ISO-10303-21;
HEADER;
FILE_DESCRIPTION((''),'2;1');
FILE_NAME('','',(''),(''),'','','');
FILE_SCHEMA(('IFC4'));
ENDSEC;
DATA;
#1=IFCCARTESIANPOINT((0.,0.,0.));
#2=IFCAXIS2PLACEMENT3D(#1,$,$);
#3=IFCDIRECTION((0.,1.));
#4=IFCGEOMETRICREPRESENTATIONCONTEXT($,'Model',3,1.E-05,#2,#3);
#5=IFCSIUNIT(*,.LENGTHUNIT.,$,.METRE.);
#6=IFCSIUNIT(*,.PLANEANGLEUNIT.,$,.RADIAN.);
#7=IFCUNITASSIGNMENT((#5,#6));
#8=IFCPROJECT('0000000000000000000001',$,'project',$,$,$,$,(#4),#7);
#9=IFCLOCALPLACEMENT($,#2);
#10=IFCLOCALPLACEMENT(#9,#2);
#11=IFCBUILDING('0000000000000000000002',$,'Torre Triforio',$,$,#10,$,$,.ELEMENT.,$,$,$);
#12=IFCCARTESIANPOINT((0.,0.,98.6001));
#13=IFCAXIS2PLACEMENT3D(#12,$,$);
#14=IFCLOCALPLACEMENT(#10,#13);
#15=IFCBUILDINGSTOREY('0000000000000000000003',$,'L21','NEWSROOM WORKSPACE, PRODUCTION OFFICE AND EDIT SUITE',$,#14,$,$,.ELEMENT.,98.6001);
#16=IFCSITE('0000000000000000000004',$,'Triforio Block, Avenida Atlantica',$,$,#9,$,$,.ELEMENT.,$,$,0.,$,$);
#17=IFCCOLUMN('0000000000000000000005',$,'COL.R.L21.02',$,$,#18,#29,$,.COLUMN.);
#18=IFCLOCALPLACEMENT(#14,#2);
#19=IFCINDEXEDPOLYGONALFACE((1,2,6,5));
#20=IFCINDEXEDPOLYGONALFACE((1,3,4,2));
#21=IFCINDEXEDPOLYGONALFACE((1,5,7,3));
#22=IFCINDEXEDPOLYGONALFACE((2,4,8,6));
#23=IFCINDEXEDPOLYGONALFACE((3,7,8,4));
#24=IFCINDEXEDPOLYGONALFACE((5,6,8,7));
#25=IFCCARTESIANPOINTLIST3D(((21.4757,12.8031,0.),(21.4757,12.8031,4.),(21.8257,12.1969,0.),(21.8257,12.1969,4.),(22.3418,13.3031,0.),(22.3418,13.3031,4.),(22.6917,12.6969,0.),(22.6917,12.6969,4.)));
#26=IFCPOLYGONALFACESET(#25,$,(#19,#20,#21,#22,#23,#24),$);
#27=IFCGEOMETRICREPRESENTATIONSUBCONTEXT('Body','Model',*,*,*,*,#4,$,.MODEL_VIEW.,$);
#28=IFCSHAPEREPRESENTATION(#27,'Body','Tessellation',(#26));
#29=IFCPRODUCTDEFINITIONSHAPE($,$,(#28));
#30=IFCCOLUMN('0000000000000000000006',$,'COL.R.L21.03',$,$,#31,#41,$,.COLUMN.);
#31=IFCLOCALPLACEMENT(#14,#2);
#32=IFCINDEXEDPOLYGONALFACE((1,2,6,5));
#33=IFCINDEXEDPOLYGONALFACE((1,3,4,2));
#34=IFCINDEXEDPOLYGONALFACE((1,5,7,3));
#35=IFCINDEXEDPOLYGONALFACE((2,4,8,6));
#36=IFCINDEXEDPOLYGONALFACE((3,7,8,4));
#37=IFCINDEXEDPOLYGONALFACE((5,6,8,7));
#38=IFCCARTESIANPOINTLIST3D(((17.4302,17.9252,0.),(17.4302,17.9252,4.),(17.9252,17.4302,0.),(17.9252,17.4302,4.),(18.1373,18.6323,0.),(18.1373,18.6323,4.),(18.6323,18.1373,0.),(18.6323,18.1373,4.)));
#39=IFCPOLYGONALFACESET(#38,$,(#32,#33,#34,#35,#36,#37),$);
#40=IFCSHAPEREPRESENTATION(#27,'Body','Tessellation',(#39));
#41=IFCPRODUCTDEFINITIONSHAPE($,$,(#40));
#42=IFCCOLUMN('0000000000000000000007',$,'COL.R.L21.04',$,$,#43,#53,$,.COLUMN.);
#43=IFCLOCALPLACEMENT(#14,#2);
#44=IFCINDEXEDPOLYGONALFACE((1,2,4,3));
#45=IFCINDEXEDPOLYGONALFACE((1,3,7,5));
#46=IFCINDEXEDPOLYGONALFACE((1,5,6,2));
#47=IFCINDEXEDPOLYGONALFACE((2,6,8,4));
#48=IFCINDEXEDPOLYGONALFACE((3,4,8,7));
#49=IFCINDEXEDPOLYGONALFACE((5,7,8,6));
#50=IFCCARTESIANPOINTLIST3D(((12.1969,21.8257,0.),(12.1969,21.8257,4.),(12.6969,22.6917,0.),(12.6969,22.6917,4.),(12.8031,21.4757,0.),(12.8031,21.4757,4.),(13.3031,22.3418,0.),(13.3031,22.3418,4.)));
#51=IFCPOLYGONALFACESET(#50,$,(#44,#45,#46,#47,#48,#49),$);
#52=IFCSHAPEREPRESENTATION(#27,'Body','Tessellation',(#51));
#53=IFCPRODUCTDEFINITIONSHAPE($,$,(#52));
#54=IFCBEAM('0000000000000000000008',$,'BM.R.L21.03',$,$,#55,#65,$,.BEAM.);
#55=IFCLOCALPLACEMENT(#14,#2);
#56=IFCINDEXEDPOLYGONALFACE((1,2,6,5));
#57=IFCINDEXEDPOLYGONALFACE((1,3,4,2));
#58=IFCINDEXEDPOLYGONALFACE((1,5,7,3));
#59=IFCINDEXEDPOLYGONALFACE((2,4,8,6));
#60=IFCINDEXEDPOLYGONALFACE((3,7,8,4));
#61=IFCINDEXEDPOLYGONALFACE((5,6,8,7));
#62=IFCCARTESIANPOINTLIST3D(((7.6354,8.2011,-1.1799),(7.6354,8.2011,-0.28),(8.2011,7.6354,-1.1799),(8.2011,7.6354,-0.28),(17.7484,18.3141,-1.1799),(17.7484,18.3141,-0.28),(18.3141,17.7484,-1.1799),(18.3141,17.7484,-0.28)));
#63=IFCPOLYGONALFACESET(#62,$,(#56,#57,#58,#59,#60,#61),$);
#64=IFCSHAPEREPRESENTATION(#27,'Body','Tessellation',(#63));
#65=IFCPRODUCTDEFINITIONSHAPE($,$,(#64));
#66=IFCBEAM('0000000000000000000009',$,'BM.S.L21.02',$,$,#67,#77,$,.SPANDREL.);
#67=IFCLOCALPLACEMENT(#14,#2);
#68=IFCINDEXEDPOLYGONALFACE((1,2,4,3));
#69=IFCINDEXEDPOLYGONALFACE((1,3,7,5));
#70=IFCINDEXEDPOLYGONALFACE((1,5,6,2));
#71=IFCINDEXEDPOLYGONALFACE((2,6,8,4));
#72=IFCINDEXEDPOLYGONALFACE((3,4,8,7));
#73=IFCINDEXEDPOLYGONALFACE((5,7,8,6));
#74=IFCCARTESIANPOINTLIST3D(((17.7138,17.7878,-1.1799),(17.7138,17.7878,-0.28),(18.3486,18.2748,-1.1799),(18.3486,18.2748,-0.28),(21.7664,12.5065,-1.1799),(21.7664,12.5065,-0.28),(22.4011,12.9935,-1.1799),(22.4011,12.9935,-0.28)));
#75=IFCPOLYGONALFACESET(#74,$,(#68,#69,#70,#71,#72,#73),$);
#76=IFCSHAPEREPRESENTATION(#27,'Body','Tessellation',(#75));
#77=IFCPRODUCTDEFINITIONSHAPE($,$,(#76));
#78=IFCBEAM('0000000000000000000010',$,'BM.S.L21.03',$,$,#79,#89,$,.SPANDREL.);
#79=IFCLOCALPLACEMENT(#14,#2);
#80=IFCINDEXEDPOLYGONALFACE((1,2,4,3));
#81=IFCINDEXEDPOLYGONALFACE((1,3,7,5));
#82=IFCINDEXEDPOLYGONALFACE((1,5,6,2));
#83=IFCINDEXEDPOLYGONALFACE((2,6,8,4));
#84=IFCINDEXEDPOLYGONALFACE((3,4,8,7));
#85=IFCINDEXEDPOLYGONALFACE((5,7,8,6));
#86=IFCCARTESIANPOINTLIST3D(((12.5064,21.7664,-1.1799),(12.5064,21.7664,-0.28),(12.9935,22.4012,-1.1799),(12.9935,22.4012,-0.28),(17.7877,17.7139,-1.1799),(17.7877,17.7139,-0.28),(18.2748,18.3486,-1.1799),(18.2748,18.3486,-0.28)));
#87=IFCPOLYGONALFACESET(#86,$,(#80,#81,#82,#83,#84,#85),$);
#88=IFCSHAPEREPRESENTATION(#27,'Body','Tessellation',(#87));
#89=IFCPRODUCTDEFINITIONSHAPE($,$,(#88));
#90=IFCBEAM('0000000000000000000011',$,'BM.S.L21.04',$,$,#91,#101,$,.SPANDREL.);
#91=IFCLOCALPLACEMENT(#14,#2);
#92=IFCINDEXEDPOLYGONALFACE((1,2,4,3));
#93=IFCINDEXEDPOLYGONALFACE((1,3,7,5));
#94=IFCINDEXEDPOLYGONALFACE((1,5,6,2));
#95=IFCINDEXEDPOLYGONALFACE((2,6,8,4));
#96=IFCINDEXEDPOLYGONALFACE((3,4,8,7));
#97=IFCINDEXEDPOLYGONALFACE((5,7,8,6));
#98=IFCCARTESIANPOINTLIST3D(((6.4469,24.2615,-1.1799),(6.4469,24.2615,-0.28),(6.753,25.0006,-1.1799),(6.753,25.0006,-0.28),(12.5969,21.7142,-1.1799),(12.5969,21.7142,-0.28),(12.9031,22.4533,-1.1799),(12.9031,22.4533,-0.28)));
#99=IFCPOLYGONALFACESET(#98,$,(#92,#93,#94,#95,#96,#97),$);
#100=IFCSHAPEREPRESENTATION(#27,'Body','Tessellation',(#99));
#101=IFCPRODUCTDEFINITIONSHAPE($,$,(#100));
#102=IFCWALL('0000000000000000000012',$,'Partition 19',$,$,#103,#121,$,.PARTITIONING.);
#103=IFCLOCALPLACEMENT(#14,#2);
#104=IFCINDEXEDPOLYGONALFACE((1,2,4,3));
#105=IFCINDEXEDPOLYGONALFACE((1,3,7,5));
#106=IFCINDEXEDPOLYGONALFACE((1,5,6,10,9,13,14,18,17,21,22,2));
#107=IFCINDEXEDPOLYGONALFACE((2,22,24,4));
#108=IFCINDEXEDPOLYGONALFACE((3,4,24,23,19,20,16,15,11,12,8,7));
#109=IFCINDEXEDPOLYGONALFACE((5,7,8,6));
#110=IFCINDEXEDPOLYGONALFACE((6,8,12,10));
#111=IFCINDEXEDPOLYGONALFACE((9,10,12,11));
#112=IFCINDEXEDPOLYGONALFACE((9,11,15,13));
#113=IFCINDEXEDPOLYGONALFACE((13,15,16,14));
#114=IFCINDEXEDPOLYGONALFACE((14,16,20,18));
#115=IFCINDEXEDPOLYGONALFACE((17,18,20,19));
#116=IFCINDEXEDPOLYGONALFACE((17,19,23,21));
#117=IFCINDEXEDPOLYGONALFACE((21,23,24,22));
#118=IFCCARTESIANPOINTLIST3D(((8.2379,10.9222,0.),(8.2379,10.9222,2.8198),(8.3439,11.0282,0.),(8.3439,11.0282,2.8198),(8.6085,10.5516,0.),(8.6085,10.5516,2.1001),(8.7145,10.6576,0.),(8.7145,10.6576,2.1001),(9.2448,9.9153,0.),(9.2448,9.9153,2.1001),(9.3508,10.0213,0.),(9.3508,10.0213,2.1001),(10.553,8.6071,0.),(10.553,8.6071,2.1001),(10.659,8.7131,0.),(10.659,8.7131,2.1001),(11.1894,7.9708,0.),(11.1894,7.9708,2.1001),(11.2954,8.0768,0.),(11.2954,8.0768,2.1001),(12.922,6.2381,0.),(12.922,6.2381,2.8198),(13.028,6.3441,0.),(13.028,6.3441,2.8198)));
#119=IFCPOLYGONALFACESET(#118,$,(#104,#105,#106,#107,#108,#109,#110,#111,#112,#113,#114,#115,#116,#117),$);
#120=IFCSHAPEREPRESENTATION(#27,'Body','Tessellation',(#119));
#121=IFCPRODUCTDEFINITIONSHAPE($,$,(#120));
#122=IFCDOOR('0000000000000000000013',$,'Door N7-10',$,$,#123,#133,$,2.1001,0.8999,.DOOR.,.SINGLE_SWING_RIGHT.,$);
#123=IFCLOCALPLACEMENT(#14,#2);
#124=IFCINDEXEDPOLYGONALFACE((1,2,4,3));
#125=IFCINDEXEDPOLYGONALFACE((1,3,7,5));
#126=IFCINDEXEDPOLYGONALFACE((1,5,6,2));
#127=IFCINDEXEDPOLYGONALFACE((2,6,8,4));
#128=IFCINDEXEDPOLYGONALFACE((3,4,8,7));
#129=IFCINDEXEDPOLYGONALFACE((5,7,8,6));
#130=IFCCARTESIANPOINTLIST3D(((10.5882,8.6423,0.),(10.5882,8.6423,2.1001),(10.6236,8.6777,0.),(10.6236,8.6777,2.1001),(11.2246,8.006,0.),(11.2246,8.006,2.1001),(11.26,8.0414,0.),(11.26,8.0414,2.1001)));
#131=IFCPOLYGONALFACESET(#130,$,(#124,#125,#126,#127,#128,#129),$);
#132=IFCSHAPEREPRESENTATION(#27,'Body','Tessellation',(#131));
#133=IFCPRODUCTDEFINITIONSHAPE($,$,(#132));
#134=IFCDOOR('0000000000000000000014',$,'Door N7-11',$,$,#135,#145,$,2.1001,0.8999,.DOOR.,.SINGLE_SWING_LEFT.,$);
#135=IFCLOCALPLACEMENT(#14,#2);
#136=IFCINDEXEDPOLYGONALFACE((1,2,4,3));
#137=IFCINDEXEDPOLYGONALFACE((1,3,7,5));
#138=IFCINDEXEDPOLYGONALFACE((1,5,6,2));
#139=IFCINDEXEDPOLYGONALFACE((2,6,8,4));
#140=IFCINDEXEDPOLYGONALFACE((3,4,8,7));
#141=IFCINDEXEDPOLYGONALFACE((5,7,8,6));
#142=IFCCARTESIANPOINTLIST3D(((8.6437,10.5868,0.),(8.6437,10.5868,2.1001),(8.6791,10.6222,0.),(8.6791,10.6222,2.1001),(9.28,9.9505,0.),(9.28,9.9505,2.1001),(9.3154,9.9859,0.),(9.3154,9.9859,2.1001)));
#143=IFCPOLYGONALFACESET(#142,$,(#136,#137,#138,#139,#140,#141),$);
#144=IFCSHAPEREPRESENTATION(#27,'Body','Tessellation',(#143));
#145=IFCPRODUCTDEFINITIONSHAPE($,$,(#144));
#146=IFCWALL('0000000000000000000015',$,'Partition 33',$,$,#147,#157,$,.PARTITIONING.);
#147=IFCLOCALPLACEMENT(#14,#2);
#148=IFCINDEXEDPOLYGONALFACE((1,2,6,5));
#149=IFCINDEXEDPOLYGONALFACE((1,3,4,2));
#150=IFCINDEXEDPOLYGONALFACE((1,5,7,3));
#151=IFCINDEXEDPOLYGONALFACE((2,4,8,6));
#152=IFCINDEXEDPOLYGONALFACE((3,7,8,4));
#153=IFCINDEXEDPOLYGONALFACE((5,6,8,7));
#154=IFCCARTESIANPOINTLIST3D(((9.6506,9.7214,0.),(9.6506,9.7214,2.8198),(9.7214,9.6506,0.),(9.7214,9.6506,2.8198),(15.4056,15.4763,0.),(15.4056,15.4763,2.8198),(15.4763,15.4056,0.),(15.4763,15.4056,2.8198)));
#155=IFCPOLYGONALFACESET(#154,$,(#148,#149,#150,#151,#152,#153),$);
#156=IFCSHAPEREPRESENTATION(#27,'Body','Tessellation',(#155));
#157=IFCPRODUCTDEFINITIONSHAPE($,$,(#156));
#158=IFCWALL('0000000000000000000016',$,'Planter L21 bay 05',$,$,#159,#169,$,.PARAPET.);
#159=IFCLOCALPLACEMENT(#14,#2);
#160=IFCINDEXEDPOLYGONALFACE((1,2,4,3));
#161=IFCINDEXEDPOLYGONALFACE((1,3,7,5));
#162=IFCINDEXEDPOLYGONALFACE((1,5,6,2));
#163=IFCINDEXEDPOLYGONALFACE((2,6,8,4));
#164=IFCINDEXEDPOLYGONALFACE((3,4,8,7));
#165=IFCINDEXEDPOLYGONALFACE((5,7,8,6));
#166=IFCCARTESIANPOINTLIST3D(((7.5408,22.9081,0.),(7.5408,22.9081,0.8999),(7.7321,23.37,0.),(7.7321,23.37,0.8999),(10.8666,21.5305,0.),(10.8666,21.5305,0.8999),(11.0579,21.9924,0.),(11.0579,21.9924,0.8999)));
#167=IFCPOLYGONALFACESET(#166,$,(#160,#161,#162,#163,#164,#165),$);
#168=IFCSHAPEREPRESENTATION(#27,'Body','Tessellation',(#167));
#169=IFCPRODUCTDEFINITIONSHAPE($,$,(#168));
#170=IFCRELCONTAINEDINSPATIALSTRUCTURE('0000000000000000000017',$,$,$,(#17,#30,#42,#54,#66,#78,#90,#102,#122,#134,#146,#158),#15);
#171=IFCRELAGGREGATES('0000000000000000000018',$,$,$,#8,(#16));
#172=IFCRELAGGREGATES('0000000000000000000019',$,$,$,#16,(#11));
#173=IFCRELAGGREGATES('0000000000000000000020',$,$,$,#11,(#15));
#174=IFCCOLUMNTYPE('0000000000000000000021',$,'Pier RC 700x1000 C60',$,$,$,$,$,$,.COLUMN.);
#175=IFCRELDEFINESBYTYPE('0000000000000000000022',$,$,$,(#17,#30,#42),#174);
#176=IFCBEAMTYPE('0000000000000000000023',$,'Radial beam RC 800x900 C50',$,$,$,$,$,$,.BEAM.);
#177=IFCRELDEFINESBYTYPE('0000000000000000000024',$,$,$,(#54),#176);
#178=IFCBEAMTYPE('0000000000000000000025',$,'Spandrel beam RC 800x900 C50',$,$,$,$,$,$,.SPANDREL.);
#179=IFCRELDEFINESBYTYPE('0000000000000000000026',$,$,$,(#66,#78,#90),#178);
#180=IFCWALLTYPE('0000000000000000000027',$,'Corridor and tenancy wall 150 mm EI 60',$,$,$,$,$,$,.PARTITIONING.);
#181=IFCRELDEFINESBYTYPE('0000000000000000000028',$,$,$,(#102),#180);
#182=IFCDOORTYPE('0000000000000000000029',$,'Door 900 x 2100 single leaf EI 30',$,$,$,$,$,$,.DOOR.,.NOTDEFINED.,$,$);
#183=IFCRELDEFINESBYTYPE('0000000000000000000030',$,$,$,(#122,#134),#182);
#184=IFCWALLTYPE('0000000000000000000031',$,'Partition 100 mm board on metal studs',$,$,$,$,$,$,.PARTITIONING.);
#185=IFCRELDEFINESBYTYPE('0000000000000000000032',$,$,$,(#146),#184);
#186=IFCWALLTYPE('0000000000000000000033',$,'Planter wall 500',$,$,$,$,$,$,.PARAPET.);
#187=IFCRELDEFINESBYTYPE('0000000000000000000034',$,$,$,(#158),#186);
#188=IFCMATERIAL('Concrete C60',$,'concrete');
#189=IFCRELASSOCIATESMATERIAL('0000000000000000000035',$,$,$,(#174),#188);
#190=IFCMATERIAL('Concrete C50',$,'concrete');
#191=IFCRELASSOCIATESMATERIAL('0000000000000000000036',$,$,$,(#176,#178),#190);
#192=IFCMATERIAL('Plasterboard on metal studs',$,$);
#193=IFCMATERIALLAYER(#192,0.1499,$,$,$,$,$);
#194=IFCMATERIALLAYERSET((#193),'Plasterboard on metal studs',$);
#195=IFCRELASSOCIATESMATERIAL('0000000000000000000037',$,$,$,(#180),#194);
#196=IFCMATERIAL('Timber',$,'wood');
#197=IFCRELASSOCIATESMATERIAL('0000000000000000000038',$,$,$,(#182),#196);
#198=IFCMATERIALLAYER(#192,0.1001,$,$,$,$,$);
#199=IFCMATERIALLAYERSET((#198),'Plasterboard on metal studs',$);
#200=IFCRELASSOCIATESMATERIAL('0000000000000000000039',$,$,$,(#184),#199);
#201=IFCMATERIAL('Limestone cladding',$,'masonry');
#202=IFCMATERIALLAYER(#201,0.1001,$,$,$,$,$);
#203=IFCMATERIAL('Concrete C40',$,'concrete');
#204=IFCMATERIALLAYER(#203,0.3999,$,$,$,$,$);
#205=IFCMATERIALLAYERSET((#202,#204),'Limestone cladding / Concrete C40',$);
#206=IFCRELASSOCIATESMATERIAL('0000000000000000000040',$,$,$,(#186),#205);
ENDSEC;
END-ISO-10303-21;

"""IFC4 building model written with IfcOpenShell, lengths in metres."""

from ifc_helpers import new_model, si_unit, direction, frame, frame_2d, origin, origin_2d, place, context, subcontext, project, spatial, rectangle, extrude, material, layer, layer_set, material_profile, profile_set, type_object, element, fill, save


model = new_model("IFC4")

# Units and contexts
model_context = context("Model", 3, precision=1e-05, world=origin(), true_north=direction((0.0, 1.0)))
body_context = subcontext(model_context, "Body", "Model", "MODEL_VIEW")
ifc_project = project(units=[si_unit("LENGTHUNIT", "METRE"), si_unit("PLANEANGLEUNIT", "RADIAN")], contexts=[model_context])

# Site, building, storey
site_placement = place(None, origin())
site = spatial("IfcSite", under=ifc_project, at=site_placement, Name="Triforio Block, Avenida Atlantica", CompositionType="ELEMENT", RefElevation=0.0)
building_placement = place(site_placement, origin())
building = spatial("IfcBuilding", under=site, at=building_placement, Name="Torre Triforio", CompositionType="ELEMENT")
storey_placement = place(building_placement, frame((0.0, 0.0, 98.6001)))
storey = spatial("IfcBuildingStorey", under=building, at=storey_placement, Name="L21", Description="NEWSROOM WORKSPACE, PRODUCTION OFFICE AND EDIT SUITE", CompositionType="ELEMENT", Elevation=98.6001)

# Columns
ifc_material_1 = material(Name="Concrete C60", Category="concrete")
ifc_material_profile_1 = material_profile(ifc_material_1, rectangle(XDim=0.7, YDim=1.0, at=origin_2d()), Name="RC 700x1000")
ifc_profile_set_1 = profile_set([ifc_material_profile_1], Name="Concrete C60")
column_type = type_object("IfcColumnType", Name="Pier RC 700x1000 C60", PredefinedType="COLUMN", material=ifc_profile_set_1)
for number, where, z_axis, x_axis, name in (
    (1, (22.0837, 12.75, 0.0), (0.0, 0.0, 1.0), (-0.5, 0.866025, 0.0), "COL.R.L21.02"),
    (2, (18.0312, 18.0312, 0.0), (0.0, 0.0, 1.0), (-0.707107, 0.707107, 0.0), "COL.R.L21.03"),
    (3, (12.75, 22.0837, 0.0), (0.0, 0.0, 1.0), (-0.866025, 0.5, 0.0), "COL.R.L21.04"),
):
    element("IfcColumn", number, at=place(storey_placement, frame(where, z_axis=z_axis, x_axis=x_axis)), inside=storey, type_object=column_type, Name=name, PredefinedType="COLUMN", context=body_context, shape_type="SweptSolid", body=[
        extrude(rectangle(XDim=0.7, YDim=1.0, at=origin_2d()), origin(), (0.0, 0.0, 1.0), 4.0),
    ])

# Beams
ifc_material_2 = material(Name="Concrete C50", Category="concrete")
ifc_material_profile_2 = material_profile(ifc_material_2, rectangle(XDim=0.8, YDim=0.8999, at=origin_2d()), Name="RC 800x900")
ifc_profile_set_2 = profile_set([ifc_material_profile_2], Name="Concrete C50")
beam_type_1 = type_object("IfcBeamType", Name="Radial beam RC 800x900 C50", PredefinedType="BEAM", material=ifc_profile_set_2)
beam_1_placement = place(storey_placement, frame((7.9182, 7.9182, -0.73), z_axis=(0.707107, 0.707107, 0.0), x_axis=(-0.707107, 0.707107, 0.0)))
element("IfcBeam", 4, at=beam_1_placement, inside=storey, type_object=beam_type_1, Name="BM.R.L21.03", PredefinedType="BEAM", context=body_context, shape_type="SweptSolid", body=[
    extrude(rectangle(XDim=0.8, YDim=0.8999, at=origin_2d()), origin(), (0.0, 0.0, 1.0), 14.302),
])
ifc_material_profile_3 = material_profile(ifc_material_2, rectangle(XDim=0.8, YDim=0.8999, at=origin_2d()), Name="RC 800x900")
ifc_profile_set_3 = profile_set([ifc_material_profile_3], Name="Concrete C50")
beam_type_2 = type_object("IfcBeamType", Name="Spandrel beam RC 800x900 C50", PredefinedType="SPANDREL", material=ifc_profile_set_3)
for number, where, z_axis, x_axis, name in (
    (5, (22.0837, 12.75, -0.73), (-0.608766, 0.79335, 0.0), (-0.79335, -0.608766, 0.0), "BM.S.L21.02"),
    (6, (18.0312, 18.0312, -0.73), (-0.79335, 0.608766, 0.0), (-0.608766, -0.79335, 0.0), "BM.S.L21.03"),
):
    element("IfcBeam", number, at=place(storey_placement, frame(where, z_axis=z_axis, x_axis=x_axis)), inside=storey, type_object=beam_type_2, Name=name, PredefinedType="SPANDREL", context=body_context, shape_type="SweptSolid", body=[
        extrude(rectangle(XDim=0.8, YDim=0.8999, at=origin_2d()), origin(), (0.0, 0.0, 1.0), 6.657),
    ])
beam_2_placement = place(storey_placement, frame((12.75, 22.0837, -0.73), z_axis=(-0.923885, 0.382669, 0.0), x_axis=(-0.382669, -0.923885, 0.0)))
element("IfcBeam", 7, at=beam_2_placement, inside=storey, type_object=beam_type_2, Name="BM.S.L21.04", PredefinedType="SPANDREL", context=body_context, shape_type="SweptSolid", body=[
    extrude(rectangle(XDim=0.8, YDim=0.8999, at=origin_2d()), origin(), (0.0, 0.0, 1.0), 6.6567),
])

# Wall, openings, doors
ifc_material_3 = material(Name="Plasterboard on metal studs")
ifc_layer_1 = layer(ifc_material_3, 0.1499)
ifc_layer_set_1 = layer_set([ifc_layer_1], Name="Plasterboard on metal studs")
wall_type_1 = type_object("IfcWallType", Name="Corridor and tenancy wall 150 mm EI 60", PredefinedType="PARTITIONING", material=ifc_layer_set_1)
wall_1_placement = place(storey_placement, frame((8.291, 10.9751, 0.0), z_axis=(0.0, 0.0, 1.0), x_axis=(0.707107, -0.707107, 0.0)))
wall_1 = element("IfcWall", 8, at=wall_1_placement, inside=storey, type_object=wall_type_1, Name="Partition 19", PredefinedType="PARTITIONING", context=body_context, shape_type="SweptSolid", body=[
    extrude(rectangle(XDim=6.6243, YDim=0.1499, at=frame_2d((3.312, 0.0))), origin(), (0.0, 0.0, 1.0), 2.8198),
])
opening_1_placement = place(wall_1_placement, frame((3.2739, 0.0, 0.0)))
opening_1 = element("IfcOpeningElement", 9, at=opening_1_placement, cuts=wall_1, PredefinedType="OPENING", context=body_context, shape_type="SweptSolid", body=[
    extrude(rectangle(XDim=0.8999, YDim=2.1001, at=frame_2d((0.45, 1.05))), frame((0.0, 0.085, 0.0), z_axis=(0.0, -1.0, 0.0), x_axis=(1.0, 0.0, 0.0)), (0.0, 0.0, 1.0), 0.1699),
])
opening_2_placement = place(wall_1_placement, frame((0.5239, 0.0, 0.0)))
opening_2 = element("IfcOpeningElement", 10, at=opening_2_placement, cuts=wall_1, PredefinedType="OPENING", context=body_context, shape_type="SweptSolid", body=[
    extrude(rectangle(XDim=0.8999, YDim=2.1001, at=frame_2d((0.45, 1.05))), frame((0.0, 0.085, 0.0), z_axis=(0.0, -1.0, 0.0), x_axis=(1.0, 0.0, 0.0)), (0.0, 0.0, 1.0), 0.1699),
])
ifc_material_4 = material(Name="Timber", Category="wood")
door_type_1 = type_object("IfcDoorType", Name="Door 900 x 2100 single leaf EI 30", OperationType="NOTDEFINED", PredefinedType="DOOR", material=ifc_material_4)
door_1_placement = place(opening_1_placement, origin())
door_1 = element("IfcDoor", 11, at=door_1_placement, inside=storey, type_object=door_type_1, Name="Door N7-10", OperationType="SINGLE_SWING_RIGHT", OverallHeight=2.1001, OverallWidth=0.8999, PredefinedType="DOOR", context=body_context, shape_type="SweptSolid", body=[
    extrude(rectangle(XDim=0.8999, YDim=2.1001, at=frame_2d((0.45, 1.05))), frame((0.0, 0.0249, 0.0), z_axis=(0.0, -1.0, 0.0), x_axis=(1.0, 0.0, 0.0)), (0.0, 0.0, 1.0), 0.05),
])
fill(opening_1, door_1)
door_2_placement = place(opening_2_placement, origin())
door_2 = element("IfcDoor", 12, at=door_2_placement, inside=storey, type_object=door_type_1, Name="Door N7-11", OperationType="SINGLE_SWING_LEFT", OverallHeight=2.1001, OverallWidth=0.8999, PredefinedType="DOOR", context=body_context, shape_type="SweptSolid", body=[
    extrude(rectangle(XDim=0.8999, YDim=2.1001, at=frame_2d((0.45, 1.05))), frame((0.0, 0.0249, 0.0), z_axis=(0.0, -1.0, 0.0), x_axis=(1.0, 0.0, 0.0)), (0.0, 0.0, 1.0), 0.05),
])
fill(opening_2, door_2)

# Walls
ifc_layer_2 = layer(ifc_material_3, 0.1001)
ifc_layer_set_2 = layer_set([ifc_layer_2], Name="Plasterboard on metal studs")
wall_type_2 = type_object("IfcWallType", Name="Partition 100 mm board on metal studs", PredefinedType="PARTITIONING", material=ifc_layer_set_2)
wall_2_placement = place(storey_placement, frame((9.686, 9.686, 0.0), z_axis=(0.0, 0.0, 1.0), x_axis=(0.707107, 0.707107, 0.0)))
element("IfcWall", 13, at=wall_2_placement, inside=storey, type_object=wall_type_2, Name="Partition 33", PredefinedType="PARTITIONING", context=body_context, shape_type="SweptSolid", body=[
    extrude(rectangle(XDim=8.1387, YDim=0.1001, at=frame_2d((4.0693, 0.0))), origin(), (0.0, 0.0, 1.0), 2.8198),
])
ifc_material_5 = material(Name="Limestone cladding", Category="masonry")
ifc_layer_3 = layer(ifc_material_5, 0.1001)
ifc_material_6 = material(Name="Concrete C40", Category="concrete")
ifc_layer_4 = layer(ifc_material_6, 0.3999)
ifc_layer_set_3 = layer_set([ifc_layer_3, ifc_layer_4], Name="Limestone cladding / Concrete C40")
wall_type_3 = type_object("IfcWallType", Name="Planter wall 500", PredefinedType="PARAPET", material=ifc_layer_set_3)
wall_3_placement = place(storey_placement, frame((10.9622, 21.7615, 0.0), z_axis=(0.0, 0.0, 1.0), x_axis=(-0.923875, 0.382693, 0.0)))
element("IfcWall", 14, at=wall_3_placement, inside=storey, type_object=wall_type_3, Name="Planter L21 bay 05", PredefinedType="PARAPET", context=body_context, shape_type="SweptSolid", body=[
    extrude(rectangle(XDim=3.5999, YDim=0.5, at=frame_2d((1.7998, 0.0))), origin(), (0.0, 0.0, 1.0), 0.8999),
])

save(model, "model.ifc")
